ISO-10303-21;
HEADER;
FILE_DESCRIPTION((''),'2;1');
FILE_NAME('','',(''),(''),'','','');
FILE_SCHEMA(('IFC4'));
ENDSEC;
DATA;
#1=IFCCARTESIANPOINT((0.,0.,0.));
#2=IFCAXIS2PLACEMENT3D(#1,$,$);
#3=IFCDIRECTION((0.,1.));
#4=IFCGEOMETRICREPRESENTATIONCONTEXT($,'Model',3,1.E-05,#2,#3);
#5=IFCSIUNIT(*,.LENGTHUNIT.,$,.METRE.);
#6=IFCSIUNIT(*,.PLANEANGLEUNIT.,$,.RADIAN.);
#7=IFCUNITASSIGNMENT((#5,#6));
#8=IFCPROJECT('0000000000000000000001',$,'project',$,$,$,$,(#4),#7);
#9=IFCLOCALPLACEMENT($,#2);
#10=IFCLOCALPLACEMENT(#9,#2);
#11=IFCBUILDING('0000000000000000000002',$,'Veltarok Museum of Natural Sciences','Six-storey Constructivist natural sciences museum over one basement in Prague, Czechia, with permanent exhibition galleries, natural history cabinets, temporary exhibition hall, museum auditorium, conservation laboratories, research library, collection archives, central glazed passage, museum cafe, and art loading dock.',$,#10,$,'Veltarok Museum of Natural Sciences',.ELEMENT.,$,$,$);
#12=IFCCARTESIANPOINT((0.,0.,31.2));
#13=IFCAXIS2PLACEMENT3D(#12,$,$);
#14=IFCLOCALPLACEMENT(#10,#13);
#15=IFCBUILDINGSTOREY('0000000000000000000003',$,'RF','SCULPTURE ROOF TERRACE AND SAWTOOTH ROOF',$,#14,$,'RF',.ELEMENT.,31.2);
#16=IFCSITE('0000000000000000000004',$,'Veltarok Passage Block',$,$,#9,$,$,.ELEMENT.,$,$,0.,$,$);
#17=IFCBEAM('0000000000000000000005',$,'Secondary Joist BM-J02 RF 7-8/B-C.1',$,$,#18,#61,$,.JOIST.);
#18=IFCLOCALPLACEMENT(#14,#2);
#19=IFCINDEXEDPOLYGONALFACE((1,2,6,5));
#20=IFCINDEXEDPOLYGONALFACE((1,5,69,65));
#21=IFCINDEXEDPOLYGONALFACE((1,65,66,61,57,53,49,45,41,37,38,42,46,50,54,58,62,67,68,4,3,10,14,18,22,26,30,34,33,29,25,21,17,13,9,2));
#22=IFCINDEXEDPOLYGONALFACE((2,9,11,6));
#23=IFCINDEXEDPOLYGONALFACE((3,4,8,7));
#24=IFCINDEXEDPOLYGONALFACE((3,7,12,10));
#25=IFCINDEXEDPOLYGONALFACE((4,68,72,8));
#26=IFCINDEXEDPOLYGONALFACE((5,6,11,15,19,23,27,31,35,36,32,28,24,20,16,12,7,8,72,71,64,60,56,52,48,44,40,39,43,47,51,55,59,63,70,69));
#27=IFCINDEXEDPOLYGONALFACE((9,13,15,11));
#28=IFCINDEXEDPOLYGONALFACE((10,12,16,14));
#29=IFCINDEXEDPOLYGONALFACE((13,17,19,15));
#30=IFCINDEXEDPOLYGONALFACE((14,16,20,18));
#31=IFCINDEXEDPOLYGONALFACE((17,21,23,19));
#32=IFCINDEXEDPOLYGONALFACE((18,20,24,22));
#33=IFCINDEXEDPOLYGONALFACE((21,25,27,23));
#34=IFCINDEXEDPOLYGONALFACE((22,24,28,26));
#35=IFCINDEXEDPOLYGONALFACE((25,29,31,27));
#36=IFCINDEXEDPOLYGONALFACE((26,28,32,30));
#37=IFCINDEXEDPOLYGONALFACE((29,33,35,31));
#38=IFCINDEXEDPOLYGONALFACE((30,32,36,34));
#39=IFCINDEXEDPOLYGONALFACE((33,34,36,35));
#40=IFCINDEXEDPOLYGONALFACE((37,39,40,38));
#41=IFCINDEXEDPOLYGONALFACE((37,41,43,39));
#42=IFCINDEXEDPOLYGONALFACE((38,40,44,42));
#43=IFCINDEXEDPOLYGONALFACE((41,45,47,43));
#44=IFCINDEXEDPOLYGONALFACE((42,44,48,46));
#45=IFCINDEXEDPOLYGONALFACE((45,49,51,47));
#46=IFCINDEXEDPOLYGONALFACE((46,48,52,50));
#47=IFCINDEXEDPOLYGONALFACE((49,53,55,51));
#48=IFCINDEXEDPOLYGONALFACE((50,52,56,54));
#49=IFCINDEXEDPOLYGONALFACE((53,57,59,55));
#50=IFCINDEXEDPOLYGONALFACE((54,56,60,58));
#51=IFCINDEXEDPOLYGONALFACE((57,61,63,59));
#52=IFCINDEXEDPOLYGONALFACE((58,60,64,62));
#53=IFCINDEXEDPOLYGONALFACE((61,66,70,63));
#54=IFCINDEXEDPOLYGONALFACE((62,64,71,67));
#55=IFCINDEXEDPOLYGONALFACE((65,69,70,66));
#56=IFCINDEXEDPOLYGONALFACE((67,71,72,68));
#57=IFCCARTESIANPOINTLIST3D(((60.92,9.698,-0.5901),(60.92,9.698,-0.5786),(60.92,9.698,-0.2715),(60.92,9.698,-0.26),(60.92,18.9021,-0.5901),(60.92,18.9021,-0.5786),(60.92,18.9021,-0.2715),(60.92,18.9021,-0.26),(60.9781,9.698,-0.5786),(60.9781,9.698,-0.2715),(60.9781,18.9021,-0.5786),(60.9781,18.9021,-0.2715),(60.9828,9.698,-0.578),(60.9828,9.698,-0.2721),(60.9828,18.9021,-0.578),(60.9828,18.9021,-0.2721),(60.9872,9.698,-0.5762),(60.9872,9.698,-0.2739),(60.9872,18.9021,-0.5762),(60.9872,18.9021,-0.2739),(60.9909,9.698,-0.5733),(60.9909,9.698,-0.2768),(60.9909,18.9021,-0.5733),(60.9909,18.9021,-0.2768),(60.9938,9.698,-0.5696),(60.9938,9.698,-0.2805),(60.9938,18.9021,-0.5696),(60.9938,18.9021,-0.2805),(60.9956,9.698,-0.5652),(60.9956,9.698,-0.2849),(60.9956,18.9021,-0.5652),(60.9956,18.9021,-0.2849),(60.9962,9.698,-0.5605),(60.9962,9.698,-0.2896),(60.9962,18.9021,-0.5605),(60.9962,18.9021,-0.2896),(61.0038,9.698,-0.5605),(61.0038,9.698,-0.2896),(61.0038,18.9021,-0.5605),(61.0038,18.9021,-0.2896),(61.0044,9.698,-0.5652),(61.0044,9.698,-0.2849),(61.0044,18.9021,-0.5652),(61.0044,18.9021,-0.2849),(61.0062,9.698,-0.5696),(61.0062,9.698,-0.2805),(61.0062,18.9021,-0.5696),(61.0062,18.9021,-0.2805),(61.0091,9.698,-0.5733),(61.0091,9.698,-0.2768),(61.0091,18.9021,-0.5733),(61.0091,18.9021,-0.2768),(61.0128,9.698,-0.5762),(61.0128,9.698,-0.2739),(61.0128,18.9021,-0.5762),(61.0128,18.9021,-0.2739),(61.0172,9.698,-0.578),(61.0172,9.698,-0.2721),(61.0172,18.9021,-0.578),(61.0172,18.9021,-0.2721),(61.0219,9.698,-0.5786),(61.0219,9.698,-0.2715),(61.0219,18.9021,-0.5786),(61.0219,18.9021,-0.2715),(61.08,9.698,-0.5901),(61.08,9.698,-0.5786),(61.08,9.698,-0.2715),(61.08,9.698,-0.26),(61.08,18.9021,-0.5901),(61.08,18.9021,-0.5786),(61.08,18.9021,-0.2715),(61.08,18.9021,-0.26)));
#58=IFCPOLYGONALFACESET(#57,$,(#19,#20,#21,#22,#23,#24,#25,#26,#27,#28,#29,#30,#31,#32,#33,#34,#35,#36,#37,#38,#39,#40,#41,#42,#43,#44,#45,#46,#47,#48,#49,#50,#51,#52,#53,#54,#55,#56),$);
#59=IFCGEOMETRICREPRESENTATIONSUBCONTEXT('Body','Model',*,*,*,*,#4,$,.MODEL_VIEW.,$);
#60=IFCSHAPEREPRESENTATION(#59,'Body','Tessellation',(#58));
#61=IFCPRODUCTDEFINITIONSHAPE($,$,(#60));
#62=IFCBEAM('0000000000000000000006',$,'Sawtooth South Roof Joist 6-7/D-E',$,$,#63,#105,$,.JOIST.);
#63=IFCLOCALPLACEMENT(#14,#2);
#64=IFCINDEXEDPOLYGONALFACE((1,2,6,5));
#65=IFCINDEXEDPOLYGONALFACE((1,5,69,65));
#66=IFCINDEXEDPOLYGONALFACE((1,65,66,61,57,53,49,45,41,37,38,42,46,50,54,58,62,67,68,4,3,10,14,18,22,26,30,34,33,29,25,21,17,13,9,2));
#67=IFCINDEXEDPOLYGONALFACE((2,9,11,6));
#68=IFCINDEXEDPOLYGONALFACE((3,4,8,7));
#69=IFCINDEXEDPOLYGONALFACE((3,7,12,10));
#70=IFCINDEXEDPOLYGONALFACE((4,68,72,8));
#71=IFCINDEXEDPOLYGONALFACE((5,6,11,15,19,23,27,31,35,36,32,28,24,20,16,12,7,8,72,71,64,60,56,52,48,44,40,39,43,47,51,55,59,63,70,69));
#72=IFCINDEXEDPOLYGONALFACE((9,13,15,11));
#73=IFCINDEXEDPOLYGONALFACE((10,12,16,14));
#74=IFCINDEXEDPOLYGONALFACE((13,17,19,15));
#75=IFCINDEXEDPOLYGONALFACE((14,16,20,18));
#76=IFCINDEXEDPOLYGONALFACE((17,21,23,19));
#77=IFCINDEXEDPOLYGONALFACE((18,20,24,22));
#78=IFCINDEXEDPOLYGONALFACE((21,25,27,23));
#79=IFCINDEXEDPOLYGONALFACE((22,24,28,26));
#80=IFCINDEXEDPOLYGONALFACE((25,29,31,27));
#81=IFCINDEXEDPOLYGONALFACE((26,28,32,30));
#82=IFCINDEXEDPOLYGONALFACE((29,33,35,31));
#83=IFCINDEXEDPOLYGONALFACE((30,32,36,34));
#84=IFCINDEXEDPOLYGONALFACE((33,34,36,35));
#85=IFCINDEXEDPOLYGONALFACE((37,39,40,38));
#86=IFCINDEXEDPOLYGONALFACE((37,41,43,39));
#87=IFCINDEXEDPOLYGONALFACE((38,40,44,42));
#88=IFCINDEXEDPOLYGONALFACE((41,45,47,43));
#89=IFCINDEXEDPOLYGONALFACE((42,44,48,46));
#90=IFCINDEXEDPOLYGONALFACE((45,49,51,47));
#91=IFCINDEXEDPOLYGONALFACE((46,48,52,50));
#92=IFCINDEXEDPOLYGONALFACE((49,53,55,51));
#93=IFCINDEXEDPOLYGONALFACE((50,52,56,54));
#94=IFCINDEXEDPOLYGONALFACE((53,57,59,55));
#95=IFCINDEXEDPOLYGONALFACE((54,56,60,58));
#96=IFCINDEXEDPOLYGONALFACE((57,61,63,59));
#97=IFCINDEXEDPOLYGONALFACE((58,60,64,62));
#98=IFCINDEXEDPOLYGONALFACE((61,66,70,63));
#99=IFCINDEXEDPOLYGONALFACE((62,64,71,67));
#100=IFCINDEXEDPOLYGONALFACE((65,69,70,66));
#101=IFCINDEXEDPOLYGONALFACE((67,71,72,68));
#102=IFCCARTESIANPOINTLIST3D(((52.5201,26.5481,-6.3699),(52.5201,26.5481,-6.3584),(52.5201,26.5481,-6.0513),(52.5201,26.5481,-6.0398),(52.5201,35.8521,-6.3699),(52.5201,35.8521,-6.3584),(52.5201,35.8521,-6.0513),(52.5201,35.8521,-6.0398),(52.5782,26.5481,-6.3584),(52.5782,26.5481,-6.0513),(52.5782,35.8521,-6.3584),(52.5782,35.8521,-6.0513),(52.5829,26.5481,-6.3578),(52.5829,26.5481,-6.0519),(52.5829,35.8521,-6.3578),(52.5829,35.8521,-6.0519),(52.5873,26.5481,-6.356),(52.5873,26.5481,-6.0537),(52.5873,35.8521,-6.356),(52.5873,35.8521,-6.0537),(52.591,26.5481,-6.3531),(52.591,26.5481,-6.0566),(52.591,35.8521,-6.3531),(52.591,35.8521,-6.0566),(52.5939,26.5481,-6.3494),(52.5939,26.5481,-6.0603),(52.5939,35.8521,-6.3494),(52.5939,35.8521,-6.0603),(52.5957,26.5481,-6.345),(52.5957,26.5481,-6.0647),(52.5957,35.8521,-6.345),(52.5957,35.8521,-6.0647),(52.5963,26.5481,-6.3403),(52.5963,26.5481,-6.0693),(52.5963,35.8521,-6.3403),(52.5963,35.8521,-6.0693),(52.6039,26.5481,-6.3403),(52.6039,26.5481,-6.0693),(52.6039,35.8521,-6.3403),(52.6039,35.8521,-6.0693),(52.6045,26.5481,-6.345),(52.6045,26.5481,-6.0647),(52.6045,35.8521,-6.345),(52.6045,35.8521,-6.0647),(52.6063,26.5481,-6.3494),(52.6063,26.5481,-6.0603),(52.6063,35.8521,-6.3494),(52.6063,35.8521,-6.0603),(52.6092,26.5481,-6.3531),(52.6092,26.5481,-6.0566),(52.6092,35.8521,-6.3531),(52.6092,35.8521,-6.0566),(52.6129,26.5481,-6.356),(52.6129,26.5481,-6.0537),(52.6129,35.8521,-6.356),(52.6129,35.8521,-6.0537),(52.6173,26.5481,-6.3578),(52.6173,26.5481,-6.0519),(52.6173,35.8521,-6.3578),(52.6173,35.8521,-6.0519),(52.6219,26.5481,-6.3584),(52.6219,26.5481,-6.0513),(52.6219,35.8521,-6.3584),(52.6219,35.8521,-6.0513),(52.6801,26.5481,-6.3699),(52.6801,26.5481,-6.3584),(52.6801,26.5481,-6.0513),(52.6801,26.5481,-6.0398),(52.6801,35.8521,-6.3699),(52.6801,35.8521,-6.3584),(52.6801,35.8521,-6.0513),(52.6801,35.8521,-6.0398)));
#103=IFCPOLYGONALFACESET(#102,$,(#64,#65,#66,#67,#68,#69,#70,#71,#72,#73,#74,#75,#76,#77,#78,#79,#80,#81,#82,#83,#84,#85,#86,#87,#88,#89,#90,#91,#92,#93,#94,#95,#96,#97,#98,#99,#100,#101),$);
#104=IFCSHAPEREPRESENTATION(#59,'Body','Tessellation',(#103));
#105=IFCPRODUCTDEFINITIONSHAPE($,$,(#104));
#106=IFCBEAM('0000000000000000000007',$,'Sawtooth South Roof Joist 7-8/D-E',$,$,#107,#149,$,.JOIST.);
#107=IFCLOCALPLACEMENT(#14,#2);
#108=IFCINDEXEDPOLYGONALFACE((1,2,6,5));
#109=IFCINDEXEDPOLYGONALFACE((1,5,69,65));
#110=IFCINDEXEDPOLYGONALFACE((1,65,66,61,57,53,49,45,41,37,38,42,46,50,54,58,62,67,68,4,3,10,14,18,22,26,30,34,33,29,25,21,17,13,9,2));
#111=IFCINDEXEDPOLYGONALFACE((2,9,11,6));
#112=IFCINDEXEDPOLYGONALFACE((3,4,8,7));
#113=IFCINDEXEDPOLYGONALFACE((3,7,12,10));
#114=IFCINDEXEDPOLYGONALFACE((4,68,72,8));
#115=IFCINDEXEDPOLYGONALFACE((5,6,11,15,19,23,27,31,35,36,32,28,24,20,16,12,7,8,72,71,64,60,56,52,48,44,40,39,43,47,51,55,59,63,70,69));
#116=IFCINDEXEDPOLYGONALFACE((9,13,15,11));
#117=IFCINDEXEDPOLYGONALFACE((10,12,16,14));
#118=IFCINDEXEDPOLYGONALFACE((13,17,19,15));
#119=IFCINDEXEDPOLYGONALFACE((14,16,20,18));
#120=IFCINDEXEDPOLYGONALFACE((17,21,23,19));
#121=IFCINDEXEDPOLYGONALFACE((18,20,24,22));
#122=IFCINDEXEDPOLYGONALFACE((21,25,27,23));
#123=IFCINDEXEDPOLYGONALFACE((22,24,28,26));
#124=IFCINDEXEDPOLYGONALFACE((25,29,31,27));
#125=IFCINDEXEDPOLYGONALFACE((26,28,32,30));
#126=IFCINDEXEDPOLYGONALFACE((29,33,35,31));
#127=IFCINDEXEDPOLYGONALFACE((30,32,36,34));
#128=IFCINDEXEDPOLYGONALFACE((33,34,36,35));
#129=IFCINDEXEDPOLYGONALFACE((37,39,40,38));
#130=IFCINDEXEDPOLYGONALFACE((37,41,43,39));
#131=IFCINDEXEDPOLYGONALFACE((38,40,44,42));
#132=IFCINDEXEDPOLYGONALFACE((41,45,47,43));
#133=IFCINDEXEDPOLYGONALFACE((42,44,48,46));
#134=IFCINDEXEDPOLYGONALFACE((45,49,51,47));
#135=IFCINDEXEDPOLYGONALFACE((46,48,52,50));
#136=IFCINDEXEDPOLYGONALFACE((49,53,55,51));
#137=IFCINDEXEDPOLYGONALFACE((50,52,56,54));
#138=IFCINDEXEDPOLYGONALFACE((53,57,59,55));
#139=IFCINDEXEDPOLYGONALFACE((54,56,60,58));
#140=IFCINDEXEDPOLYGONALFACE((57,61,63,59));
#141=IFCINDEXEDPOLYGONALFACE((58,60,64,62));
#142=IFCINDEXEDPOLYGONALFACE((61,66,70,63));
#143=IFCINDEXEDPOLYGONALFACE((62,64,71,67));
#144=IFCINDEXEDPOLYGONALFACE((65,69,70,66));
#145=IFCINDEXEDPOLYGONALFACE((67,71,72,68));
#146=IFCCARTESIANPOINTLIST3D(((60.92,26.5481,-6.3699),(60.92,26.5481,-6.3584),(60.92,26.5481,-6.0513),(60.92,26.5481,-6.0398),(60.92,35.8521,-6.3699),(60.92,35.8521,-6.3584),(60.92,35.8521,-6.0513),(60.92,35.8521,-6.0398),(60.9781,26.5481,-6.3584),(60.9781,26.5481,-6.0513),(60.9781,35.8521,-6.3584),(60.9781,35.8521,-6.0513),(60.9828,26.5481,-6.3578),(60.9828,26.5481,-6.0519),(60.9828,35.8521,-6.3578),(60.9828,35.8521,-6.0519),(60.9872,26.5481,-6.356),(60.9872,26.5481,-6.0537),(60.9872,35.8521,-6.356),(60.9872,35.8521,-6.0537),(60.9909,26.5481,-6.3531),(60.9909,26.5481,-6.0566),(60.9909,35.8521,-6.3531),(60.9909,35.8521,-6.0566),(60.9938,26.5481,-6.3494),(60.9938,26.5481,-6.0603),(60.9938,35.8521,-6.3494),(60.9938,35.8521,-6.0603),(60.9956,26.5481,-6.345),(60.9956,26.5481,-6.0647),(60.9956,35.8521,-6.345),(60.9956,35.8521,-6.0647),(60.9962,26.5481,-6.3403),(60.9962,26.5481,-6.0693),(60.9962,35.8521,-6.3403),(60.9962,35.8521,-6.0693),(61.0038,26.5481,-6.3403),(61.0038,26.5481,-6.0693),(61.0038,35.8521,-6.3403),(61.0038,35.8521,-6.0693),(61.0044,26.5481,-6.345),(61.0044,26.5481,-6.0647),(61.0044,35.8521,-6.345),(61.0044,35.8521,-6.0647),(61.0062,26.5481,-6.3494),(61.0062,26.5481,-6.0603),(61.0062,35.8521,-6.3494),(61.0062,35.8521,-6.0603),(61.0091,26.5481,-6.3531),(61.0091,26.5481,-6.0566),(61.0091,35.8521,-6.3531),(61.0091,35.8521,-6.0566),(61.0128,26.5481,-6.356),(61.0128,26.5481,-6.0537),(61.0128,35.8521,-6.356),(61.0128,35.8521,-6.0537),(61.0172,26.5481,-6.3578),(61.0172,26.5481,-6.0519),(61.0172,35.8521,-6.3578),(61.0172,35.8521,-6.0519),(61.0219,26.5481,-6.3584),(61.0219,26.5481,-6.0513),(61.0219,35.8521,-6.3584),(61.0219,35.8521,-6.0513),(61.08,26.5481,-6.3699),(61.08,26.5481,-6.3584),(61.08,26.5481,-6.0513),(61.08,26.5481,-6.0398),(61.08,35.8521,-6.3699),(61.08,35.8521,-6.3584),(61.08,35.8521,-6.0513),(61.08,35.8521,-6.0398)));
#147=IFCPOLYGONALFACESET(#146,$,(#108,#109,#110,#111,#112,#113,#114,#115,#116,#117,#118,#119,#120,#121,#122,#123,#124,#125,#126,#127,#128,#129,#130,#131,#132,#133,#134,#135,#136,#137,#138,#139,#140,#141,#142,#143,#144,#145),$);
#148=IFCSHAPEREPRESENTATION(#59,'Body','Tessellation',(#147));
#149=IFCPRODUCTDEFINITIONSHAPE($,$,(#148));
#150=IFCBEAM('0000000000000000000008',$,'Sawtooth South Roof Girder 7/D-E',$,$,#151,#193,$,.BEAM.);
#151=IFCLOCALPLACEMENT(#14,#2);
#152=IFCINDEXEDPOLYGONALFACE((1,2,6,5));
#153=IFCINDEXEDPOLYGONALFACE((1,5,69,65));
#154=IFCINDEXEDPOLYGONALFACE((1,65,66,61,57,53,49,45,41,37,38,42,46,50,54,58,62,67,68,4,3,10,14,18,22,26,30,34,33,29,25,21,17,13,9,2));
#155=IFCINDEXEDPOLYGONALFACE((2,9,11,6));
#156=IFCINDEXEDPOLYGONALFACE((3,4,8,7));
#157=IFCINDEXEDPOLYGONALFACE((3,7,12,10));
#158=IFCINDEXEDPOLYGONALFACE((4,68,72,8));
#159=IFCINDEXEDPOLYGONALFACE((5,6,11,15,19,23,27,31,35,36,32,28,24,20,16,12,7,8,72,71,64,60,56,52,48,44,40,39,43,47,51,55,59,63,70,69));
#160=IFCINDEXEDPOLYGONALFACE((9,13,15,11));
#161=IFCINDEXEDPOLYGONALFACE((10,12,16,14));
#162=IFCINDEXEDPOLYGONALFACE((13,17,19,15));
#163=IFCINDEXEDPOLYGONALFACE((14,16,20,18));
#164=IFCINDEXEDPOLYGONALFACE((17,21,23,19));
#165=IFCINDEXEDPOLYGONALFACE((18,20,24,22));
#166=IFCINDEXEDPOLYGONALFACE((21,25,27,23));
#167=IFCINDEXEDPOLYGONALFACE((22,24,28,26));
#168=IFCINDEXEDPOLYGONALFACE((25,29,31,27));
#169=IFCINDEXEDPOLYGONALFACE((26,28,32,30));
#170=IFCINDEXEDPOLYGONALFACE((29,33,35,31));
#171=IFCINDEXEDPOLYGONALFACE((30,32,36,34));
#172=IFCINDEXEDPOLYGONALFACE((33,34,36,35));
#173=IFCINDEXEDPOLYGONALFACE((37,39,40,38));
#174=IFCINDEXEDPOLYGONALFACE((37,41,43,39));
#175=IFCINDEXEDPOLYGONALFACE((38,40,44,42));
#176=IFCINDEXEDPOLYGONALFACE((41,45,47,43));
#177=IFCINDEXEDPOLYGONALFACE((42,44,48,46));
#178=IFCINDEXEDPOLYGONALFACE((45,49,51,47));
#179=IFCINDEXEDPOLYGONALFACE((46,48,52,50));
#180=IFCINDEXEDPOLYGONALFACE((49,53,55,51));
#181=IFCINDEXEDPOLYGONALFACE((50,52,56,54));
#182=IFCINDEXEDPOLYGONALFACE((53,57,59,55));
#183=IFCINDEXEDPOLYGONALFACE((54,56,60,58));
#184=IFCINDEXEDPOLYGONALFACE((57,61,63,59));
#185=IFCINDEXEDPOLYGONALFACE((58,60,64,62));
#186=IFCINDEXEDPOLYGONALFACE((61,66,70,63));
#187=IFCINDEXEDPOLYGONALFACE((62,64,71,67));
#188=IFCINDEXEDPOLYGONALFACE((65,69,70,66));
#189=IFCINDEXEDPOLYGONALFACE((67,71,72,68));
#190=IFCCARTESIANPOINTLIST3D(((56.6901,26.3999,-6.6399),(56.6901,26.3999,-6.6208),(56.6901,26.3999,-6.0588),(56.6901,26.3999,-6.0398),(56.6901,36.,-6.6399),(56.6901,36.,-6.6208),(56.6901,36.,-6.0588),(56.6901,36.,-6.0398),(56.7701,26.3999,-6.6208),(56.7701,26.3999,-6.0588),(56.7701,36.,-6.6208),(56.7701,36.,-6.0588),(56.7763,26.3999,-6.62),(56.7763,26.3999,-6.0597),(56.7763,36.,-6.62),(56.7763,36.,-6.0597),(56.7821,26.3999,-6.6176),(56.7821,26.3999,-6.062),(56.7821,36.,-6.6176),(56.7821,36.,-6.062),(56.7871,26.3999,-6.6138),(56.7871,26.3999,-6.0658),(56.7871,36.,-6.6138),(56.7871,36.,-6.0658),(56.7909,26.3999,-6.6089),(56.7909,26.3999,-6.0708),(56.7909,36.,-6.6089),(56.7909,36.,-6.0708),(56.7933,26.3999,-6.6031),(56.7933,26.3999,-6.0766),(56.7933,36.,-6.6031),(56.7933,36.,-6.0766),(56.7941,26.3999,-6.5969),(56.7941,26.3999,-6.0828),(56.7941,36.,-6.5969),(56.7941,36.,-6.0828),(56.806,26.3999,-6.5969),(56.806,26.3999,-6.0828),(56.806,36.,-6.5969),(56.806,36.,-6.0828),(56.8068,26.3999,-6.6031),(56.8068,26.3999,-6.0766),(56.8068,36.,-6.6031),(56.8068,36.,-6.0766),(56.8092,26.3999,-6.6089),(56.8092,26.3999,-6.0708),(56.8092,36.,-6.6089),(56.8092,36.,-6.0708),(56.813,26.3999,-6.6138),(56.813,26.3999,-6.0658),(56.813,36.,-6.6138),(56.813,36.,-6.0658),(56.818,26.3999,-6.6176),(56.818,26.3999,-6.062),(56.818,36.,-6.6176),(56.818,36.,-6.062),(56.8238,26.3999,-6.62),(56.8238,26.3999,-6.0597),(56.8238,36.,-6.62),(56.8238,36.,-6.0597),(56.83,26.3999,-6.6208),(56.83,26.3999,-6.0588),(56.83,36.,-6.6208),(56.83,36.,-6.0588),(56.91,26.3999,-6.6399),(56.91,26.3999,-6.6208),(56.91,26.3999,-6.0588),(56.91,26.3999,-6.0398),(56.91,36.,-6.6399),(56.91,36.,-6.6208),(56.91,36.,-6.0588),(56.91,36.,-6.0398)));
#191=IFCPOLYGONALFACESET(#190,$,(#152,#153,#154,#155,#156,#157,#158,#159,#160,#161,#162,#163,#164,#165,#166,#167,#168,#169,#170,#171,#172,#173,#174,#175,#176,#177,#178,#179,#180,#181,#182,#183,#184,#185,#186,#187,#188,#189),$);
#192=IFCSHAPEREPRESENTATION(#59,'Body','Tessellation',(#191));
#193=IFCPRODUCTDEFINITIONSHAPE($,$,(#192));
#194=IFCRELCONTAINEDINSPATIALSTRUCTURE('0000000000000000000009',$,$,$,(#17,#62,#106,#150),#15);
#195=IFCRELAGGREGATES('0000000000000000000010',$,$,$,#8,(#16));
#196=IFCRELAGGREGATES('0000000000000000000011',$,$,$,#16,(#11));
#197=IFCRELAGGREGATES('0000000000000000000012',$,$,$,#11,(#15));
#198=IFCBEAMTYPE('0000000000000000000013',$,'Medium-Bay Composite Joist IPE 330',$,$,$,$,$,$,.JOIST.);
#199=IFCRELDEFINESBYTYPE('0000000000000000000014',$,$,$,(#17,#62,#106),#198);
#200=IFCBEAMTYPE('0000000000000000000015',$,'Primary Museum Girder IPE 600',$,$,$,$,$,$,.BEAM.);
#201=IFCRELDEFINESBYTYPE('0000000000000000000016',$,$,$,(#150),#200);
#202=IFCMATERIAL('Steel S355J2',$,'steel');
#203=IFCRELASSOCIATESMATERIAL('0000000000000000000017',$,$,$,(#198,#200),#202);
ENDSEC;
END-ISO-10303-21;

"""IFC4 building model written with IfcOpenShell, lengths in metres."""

from ifc_helpers import new_model, si_unit, direction, frame, origin, origin_2d, place, context, subcontext, project, spatial, i_section, extrude, material, material_profile, profile_set, type_object, element, save


model = new_model("IFC4")

# Units and contexts
model_context = context("Model", 3, precision=1e-05, world=origin(), true_north=direction((0.0, 1.0)))
body_context = subcontext(model_context, "Body", "Model", "MODEL_VIEW")
ifc_project = project(units=[si_unit("LENGTHUNIT", "METRE"), si_unit("PLANEANGLEUNIT", "RADIAN")], contexts=[model_context])

# Site, building, storey
site_placement = place(None, origin())
site = spatial("IfcSite", under=ifc_project, at=site_placement, Name="Veltarok Passage Block", CompositionType="ELEMENT", RefElevation=0.0)
building_placement = place(site_placement, origin())
building = spatial("IfcBuilding", under=site, at=building_placement, Name="Veltarok Museum of Natural Sciences", Description="Six-storey Constructivist natural sciences museum over one basement in Prague, Czechia, with permanent exhibition galleries, natural history cabinets, temporary exhibition hall, museum auditorium, conservation laboratories, research library, collection archives, central glazed passage, museum cafe, and art loading dock.", LongName="Veltarok Museum of Natural Sciences", CompositionType="ELEMENT")
storey_placement = place(building_placement, frame((0.0, 0.0, 31.2)))
storey = spatial("IfcBuildingStorey", under=building, at=storey_placement, Name="RF", Description="SCULPTURE ROOF TERRACE AND SAWTOOTH ROOF", LongName="RF", CompositionType="ELEMENT", Elevation=31.2)

# Beams
ifc_material_1 = material(Name="Steel S355J2", Category="steel")
ifc_material_profile_1 = material_profile(ifc_material_1, i_section(OverallWidth=0.1599, OverallDepth=0.3301, WebThickness=0.0076, FlangeThickness=0.0115, FilletRadius=0.0181, at=origin_2d()), Name="IPE 330")
ifc_profile_set_1 = profile_set([ifc_material_profile_1], Name="Steel S355J2")
beam_type_1 = type_object("IfcBeamType", Name="Medium-Bay Composite Joist IPE 330", PredefinedType="JOIST", material=ifc_profile_set_1)
beam_1_placement = place(storey_placement, frame((61.0, 9.698, -0.425), z_axis=(0.0, 1.0, 0.0), x_axis=(-1.0, 0.0, 0.0)))
element("IfcBeam", 1, at=beam_1_placement, inside=storey, type_object=beam_type_1, Name="Secondary Joist BM-J02 RF 7-8/B-C.1", PredefinedType="JOIST", context=body_context, shape_type="SweptSolid", body=[
    extrude(i_section(OverallWidth=0.1599, OverallDepth=0.3301, WebThickness=0.0076, FlangeThickness=0.0115, FilletRadius=0.0181, at=origin_2d()), origin(), (0.0, 0.0, 1.0), 9.2041),
])
for number, where, z_axis, x_axis, name in (
    (2, (52.6001, 26.5481, -6.2048), (0.0, 1.0, 0.0), (-1.0, 0.0, 0.0), "Sawtooth South Roof Joist 6-7/D-E"),
    (3, (61.0, 26.5481, -6.2048), (0.0, 1.0, 0.0), (-1.0, 0.0, 0.0), "Sawtooth South Roof Joist 7-8/D-E"),
):
    element("IfcBeam", number, at=place(storey_placement, frame(where, z_axis=z_axis, x_axis=x_axis)), inside=storey, type_object=beam_type_1, Name=name, PredefinedType="JOIST", context=body_context, shape_type="SweptSolid", body=[
        extrude(i_section(OverallWidth=0.1599, OverallDepth=0.3301, WebThickness=0.0076, FlangeThickness=0.0115, FilletRadius=0.0181, at=origin_2d()), origin(), (0.0, 0.0, 1.0), 9.304),
    ])
ifc_material_profile_2 = material_profile(ifc_material_1, i_section(OverallWidth=0.22, OverallDepth=0.6001, WebThickness=0.012, FlangeThickness=0.019, FilletRadius=0.0239, at=origin_2d()), Name="IPE 600")
ifc_profile_set_2 = profile_set([ifc_material_profile_2], Name="Steel S355J2")
beam_type_2 = type_object("IfcBeamType", Name="Primary Museum Girder IPE 600", PredefinedType="BEAM", material=ifc_profile_set_2)
for number, where, z_axis, x_axis, name in (
    (4, (56.8, 26.3999, -6.3398), (0.0, 1.0, 0.0), (-1.0, 0.0, 0.0), "Sawtooth South Roof Girder 7/D-E"),
):
    element("IfcBeam", number, at=place(storey_placement, frame(where, z_axis=z_axis, x_axis=x_axis)), inside=storey, type_object=beam_type_2, Name=name, PredefinedType="BEAM", context=body_context, shape_type="SweptSolid", body=[
        extrude(i_section(OverallWidth=0.22, OverallDepth=0.6001, WebThickness=0.012, FlangeThickness=0.019, FilletRadius=0.0239, at=origin_2d()), origin(), (0.0, 0.0, 1.0), 9.6001),
    ])

save(model, "model.ifc")
